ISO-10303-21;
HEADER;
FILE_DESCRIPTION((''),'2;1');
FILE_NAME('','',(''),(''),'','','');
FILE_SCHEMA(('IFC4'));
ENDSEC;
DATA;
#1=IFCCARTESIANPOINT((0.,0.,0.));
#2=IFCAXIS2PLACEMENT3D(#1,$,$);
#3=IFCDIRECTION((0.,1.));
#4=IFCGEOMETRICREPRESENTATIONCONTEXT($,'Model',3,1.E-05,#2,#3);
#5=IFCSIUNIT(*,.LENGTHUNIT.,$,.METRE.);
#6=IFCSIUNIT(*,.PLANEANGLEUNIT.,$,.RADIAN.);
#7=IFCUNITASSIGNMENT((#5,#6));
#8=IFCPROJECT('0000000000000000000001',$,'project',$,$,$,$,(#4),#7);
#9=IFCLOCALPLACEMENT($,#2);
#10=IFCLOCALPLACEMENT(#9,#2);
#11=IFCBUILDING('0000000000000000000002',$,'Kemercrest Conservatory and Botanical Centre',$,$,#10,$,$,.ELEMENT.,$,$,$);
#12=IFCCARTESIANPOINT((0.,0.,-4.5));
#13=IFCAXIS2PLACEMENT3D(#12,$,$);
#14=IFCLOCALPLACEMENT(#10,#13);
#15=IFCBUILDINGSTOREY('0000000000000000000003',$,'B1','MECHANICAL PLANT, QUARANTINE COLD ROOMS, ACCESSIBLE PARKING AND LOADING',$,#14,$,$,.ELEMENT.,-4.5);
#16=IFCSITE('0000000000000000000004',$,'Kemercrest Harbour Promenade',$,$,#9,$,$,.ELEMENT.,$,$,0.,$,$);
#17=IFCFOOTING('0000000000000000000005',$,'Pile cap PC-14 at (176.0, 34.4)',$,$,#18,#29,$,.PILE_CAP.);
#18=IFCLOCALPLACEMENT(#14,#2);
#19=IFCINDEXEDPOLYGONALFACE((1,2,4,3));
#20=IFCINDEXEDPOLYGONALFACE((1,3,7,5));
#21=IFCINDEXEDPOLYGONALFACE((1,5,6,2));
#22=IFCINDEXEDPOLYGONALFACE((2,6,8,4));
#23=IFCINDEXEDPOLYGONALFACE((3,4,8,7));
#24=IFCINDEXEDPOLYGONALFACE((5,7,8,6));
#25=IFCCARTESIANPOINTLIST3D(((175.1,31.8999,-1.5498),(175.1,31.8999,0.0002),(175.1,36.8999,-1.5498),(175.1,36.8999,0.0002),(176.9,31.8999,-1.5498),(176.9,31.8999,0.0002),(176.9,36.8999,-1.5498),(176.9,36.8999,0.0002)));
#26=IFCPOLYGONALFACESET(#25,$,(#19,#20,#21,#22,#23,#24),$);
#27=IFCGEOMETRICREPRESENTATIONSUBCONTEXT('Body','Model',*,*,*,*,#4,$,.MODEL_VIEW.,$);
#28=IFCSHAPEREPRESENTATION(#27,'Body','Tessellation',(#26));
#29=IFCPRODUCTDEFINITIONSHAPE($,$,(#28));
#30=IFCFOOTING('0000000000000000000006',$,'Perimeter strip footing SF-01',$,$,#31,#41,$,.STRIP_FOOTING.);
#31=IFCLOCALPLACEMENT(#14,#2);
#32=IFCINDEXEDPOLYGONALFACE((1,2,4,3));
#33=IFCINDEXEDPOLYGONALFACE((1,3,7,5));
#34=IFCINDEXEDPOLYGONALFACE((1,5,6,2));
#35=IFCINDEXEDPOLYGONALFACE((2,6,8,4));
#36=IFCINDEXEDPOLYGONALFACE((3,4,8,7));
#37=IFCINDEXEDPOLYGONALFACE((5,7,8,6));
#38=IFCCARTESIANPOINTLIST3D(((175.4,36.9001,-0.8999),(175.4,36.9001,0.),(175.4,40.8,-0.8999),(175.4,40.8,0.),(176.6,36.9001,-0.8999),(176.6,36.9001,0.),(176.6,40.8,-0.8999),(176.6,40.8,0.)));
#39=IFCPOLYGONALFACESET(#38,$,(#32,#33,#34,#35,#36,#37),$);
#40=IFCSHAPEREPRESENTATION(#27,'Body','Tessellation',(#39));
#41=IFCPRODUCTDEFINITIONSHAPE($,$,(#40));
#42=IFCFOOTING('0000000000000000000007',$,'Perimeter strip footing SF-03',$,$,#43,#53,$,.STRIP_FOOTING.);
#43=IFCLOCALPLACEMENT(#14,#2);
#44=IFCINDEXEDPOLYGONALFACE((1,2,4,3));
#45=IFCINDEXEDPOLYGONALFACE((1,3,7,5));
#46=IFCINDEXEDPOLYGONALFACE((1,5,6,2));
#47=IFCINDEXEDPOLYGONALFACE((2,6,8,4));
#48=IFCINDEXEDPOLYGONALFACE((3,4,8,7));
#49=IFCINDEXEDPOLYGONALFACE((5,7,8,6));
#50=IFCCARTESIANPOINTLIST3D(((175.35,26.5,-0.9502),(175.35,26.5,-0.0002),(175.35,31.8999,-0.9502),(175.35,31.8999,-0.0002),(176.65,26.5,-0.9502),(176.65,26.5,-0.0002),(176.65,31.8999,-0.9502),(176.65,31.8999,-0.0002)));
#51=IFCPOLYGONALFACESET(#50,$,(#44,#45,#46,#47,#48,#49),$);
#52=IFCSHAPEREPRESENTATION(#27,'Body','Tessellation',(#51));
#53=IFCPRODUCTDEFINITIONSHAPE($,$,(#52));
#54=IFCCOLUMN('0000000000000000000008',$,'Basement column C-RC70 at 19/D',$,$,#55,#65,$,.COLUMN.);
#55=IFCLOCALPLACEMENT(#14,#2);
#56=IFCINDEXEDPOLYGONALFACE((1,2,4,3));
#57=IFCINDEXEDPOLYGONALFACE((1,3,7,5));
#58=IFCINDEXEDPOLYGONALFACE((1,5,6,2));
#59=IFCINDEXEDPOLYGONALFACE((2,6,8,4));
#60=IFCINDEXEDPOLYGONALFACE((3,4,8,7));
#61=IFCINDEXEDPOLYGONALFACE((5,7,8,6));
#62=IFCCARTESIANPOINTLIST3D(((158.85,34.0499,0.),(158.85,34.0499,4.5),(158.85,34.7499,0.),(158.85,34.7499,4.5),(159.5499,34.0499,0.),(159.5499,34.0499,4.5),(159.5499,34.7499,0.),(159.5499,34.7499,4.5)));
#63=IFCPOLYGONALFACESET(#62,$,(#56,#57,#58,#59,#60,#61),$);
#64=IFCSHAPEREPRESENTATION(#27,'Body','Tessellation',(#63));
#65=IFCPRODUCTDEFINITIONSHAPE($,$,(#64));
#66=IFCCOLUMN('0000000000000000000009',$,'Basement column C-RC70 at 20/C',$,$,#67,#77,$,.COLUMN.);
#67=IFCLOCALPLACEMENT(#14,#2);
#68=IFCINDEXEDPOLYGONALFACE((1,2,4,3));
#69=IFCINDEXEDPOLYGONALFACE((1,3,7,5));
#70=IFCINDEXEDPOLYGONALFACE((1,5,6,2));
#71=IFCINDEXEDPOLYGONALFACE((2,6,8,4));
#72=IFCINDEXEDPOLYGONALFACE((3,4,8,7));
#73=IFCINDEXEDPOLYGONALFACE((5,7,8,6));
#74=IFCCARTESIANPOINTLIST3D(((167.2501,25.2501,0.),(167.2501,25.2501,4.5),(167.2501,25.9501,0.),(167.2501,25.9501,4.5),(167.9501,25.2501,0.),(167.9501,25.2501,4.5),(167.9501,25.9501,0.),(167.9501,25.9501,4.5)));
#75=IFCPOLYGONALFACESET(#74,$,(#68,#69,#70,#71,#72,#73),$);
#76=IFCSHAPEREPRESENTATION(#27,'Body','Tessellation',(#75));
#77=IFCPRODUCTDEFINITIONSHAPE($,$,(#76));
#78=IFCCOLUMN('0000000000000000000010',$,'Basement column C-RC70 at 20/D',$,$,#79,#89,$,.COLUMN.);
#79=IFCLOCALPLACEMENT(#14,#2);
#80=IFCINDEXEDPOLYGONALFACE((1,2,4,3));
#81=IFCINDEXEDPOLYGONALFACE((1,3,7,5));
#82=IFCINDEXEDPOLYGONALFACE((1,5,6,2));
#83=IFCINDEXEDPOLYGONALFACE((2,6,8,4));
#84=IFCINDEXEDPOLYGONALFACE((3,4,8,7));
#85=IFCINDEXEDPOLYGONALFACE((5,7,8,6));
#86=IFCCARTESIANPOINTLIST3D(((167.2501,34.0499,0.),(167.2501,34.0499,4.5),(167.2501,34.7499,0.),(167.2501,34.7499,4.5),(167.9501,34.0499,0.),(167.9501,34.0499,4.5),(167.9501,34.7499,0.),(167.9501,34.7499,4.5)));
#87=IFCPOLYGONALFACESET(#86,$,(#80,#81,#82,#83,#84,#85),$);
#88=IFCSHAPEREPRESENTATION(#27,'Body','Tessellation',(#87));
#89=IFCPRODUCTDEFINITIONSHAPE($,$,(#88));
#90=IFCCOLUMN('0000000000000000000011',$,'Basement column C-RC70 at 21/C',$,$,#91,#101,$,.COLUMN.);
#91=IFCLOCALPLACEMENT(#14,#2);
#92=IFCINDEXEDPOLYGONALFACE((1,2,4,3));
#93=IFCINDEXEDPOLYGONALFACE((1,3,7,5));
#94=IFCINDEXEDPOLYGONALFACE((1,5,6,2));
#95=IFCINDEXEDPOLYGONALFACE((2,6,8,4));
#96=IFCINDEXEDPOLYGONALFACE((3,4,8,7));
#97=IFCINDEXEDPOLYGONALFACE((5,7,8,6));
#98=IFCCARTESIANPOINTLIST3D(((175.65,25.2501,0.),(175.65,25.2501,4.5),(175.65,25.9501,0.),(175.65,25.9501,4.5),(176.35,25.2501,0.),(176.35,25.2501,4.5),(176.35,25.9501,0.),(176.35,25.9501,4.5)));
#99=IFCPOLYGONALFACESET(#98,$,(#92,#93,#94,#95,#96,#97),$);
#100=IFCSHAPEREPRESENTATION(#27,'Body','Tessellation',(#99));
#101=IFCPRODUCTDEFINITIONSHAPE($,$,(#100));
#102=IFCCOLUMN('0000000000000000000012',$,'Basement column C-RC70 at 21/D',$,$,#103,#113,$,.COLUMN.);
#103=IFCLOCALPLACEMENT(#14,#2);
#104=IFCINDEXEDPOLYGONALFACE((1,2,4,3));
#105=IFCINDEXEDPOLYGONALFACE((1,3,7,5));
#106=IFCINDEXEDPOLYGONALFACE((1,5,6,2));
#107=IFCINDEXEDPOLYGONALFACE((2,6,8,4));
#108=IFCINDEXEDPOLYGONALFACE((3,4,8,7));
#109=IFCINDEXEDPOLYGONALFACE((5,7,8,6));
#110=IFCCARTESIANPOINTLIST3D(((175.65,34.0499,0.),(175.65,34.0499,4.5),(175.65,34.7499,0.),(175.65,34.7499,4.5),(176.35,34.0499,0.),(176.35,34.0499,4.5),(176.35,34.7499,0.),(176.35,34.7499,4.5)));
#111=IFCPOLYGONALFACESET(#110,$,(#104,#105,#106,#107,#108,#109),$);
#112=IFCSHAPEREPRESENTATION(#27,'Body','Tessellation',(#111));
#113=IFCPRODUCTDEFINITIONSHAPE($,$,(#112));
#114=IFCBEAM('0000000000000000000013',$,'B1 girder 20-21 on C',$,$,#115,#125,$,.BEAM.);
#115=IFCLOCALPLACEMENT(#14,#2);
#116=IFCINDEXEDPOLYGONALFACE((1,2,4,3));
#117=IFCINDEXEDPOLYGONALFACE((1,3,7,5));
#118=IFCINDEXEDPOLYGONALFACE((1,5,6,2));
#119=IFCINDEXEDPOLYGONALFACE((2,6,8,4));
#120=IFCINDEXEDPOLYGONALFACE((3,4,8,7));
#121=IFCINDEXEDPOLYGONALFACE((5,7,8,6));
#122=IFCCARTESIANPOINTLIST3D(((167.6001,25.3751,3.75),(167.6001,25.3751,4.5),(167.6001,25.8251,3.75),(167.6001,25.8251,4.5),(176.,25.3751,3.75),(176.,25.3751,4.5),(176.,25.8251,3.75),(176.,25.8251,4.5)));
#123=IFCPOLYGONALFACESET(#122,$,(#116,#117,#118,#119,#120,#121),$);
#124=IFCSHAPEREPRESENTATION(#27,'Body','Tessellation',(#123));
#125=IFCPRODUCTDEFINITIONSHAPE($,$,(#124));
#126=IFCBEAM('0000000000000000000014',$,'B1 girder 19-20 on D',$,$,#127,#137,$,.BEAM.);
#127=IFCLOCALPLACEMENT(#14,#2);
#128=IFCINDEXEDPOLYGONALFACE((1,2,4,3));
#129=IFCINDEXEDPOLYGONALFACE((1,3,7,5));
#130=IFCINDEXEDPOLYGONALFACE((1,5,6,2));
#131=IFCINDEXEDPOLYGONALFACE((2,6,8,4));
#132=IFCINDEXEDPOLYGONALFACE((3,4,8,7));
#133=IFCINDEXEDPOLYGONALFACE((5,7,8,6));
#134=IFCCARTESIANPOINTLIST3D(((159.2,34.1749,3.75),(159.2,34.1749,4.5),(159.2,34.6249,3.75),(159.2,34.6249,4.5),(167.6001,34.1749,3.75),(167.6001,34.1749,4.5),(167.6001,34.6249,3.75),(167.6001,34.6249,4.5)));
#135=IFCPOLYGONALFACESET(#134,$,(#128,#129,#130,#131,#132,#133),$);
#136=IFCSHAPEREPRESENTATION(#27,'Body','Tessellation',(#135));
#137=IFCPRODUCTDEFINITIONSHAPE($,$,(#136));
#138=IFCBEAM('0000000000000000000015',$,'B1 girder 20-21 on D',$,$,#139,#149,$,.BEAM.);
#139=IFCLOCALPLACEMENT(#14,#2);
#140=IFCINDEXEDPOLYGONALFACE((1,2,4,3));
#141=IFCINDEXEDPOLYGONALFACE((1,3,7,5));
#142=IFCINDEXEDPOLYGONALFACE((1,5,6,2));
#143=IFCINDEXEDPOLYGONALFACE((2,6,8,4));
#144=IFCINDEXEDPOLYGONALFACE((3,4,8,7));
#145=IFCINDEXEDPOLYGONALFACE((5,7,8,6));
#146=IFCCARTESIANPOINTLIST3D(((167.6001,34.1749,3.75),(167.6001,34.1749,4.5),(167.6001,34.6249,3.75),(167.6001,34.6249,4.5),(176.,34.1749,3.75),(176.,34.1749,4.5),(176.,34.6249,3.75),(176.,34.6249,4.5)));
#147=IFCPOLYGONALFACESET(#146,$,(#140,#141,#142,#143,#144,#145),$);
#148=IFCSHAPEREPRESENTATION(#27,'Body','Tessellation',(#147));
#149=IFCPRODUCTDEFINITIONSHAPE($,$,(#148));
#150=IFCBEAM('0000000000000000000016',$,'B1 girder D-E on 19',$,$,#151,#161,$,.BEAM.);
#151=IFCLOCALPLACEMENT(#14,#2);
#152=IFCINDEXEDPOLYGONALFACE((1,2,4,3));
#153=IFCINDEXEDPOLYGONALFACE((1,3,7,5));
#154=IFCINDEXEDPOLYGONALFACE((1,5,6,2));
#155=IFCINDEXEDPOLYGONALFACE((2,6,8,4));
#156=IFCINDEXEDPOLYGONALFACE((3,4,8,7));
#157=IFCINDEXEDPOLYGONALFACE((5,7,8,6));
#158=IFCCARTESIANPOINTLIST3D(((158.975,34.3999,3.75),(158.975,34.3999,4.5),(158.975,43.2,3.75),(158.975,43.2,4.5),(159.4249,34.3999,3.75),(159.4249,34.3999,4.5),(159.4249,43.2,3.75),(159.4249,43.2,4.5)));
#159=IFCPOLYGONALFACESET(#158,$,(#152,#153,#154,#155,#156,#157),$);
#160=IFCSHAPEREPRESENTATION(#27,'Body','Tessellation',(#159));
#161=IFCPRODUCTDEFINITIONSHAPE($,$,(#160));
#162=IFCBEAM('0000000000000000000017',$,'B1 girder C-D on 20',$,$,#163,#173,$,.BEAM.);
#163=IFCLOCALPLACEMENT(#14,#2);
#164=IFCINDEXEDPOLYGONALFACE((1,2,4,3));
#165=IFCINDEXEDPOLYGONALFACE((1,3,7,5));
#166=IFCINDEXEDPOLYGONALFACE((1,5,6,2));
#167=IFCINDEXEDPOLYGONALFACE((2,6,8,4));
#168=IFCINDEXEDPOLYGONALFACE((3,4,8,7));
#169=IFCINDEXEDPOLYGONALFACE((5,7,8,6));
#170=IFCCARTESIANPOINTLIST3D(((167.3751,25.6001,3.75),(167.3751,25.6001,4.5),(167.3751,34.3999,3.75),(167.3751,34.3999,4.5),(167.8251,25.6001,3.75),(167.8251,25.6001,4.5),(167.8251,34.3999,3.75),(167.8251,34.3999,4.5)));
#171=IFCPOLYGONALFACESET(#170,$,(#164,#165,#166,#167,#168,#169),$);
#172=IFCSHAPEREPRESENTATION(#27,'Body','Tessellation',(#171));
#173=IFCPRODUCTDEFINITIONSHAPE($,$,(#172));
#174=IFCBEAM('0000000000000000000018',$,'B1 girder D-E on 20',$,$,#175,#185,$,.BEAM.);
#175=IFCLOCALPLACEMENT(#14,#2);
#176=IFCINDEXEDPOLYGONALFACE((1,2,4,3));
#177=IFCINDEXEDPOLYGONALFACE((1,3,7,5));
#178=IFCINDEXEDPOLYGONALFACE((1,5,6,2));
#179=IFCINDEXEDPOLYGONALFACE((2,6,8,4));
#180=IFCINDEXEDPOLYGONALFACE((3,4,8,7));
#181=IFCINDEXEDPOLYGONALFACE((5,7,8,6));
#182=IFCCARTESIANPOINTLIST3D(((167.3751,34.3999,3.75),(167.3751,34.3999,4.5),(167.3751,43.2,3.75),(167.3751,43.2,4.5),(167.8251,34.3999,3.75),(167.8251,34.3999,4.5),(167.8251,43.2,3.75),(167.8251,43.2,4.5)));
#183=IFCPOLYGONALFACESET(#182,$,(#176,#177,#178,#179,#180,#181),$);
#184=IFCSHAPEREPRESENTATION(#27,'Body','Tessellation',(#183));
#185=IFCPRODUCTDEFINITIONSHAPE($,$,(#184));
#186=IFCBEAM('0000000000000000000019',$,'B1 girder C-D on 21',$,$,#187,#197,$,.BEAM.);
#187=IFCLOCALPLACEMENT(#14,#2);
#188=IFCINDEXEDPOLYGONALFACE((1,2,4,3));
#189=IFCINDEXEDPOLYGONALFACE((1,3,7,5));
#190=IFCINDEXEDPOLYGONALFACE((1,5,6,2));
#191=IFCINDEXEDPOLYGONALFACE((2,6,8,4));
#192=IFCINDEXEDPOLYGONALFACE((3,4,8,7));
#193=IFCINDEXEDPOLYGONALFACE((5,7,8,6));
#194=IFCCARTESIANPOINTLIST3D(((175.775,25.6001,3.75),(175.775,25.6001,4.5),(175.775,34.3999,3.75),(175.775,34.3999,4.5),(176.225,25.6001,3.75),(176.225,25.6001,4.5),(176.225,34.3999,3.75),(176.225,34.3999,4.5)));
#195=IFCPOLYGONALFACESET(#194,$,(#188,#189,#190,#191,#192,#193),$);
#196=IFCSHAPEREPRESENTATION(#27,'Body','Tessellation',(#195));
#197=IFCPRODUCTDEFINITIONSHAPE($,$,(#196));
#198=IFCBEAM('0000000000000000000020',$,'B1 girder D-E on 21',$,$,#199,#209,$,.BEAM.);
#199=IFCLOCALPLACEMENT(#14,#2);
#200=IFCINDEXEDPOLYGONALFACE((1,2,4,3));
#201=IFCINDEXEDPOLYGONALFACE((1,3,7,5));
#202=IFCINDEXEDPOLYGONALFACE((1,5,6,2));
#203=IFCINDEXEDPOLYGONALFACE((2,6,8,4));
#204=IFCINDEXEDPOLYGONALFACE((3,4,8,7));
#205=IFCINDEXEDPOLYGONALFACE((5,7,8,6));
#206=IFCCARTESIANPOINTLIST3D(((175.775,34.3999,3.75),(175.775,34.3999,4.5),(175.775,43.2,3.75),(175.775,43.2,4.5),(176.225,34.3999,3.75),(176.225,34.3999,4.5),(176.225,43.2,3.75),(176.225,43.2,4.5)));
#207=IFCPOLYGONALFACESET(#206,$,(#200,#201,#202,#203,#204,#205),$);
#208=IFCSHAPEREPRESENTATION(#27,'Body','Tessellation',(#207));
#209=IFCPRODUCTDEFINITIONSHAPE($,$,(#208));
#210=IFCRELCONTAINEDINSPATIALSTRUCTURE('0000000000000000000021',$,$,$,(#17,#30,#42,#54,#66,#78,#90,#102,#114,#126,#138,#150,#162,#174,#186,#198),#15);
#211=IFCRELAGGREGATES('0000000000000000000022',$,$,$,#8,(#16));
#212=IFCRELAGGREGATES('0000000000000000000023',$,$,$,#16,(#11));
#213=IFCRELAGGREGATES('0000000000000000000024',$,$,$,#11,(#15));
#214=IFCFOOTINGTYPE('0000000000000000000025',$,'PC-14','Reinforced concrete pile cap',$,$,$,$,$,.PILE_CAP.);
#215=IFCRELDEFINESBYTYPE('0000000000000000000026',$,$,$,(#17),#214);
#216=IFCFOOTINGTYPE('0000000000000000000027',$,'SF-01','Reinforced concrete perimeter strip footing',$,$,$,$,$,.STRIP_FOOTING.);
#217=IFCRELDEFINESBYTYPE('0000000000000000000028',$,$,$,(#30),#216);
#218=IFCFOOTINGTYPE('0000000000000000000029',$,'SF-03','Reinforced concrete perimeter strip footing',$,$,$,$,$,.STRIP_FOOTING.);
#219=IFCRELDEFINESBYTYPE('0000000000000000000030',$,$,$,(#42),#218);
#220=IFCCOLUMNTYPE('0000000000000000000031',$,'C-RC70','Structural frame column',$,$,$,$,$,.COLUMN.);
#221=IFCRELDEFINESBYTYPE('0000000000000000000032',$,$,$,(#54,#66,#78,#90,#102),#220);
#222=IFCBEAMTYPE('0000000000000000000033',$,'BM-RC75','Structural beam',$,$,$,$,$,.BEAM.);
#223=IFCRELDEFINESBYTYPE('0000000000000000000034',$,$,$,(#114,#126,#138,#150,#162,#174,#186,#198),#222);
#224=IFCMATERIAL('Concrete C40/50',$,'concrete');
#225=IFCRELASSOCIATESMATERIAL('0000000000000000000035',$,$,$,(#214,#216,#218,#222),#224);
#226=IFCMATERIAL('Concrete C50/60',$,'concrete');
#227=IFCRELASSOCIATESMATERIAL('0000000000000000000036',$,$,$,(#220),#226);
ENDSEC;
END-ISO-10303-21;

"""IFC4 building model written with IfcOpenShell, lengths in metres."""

from ifc_helpers import new_model, si_unit, direction, frame, origin, origin_2d, place, context, subcontext, project, spatial, rectangle, extrude, material, material_profile, profile_set, type_object, element, save


model = new_model("IFC4")

# Units and contexts
model_context = context("Model", 3, precision=1e-05, world=origin(), true_north=direction((0.0, 1.0)))
body_context = subcontext(model_context, "Body", "Model", "MODEL_VIEW")
ifc_project = project(units=[si_unit("LENGTHUNIT", "METRE"), si_unit("PLANEANGLEUNIT", "RADIAN")], contexts=[model_context])

# Site, building, storey
site_placement = place(None, origin())
site = spatial("IfcSite", under=ifc_project, at=site_placement, Name="Kemercrest Harbour Promenade", CompositionType="ELEMENT", RefElevation=0.0)
building_placement = place(site_placement, origin())
building = spatial("IfcBuilding", under=site, at=building_placement, Name="Kemercrest Conservatory and Botanical Centre", CompositionType="ELEMENT")
storey_placement = place(building_placement, frame((0.0, 0.0, -4.5)))
storey = spatial("IfcBuildingStorey", under=building, at=storey_placement, Name="B1", Description="MECHANICAL PLANT, QUARANTINE COLD ROOMS, ACCESSIBLE PARKING AND LOADING", CompositionType="ELEMENT", Elevation=-4.5)

# Shared definitions
ifc_material_1 = material(Name="Concrete C40/50", Category="concrete")

# Footings
footing_type_1 = type_object("IfcFootingType", Name="PC-14", Description="Reinforced concrete pile cap", PredefinedType="PILE_CAP", material=ifc_material_1)
footing_1_placement = place(storey_placement, frame((176.0, 34.3999, -1.5498), z_axis=(0.0, 0.0, 1.0), x_axis=(1.0, 0.0, 0.0)))
element("IfcFooting", 1, at=footing_1_placement, inside=storey, type_object=footing_type_1, Name="Pile cap PC-14 at (176.0, 34.4)", PredefinedType="PILE_CAP", context=body_context, shape_type="SweptSolid", body=[
    extrude(rectangle(XDim=1.8, YDim=5.0, at=origin_2d()), origin(), (0.0, 0.0, 1.0), 1.55),
])
footing_type_2 = type_object("IfcFootingType", Name="SF-01", Description="Reinforced concrete perimeter strip footing", PredefinedType="STRIP_FOOTING", material=ifc_material_1)
footing_2_placement = place(storey_placement, frame((176.0, 38.8501, -0.8999), z_axis=(0.0, 0.0, 1.0), x_axis=(1.0, 0.0, 0.0)))
element("IfcFooting", 2, at=footing_2_placement, inside=storey, type_object=footing_type_2, Name="Perimeter strip footing SF-01", PredefinedType="STRIP_FOOTING", context=body_context, shape_type="SweptSolid", body=[
    extrude(rectangle(XDim=1.2, YDim=3.8999, at=origin_2d()), origin(), (0.0, 0.0, 1.0), 0.8999),
])
footing_type_3 = type_object("IfcFootingType", Name="SF-03", Description="Reinforced concrete perimeter strip footing", PredefinedType="STRIP_FOOTING", material=ifc_material_1)
footing_3_placement = place(storey_placement, frame((176.0, 29.2, -0.9502), z_axis=(0.0, 0.0, 1.0), x_axis=(1.0, 0.0, 0.0)))
element("IfcFooting", 3, at=footing_3_placement, inside=storey, type_object=footing_type_3, Name="Perimeter strip footing SF-03", PredefinedType="STRIP_FOOTING", context=body_context, shape_type="SweptSolid", body=[
    extrude(rectangle(XDim=1.3, YDim=5.3999, at=origin_2d()), origin(), (0.0, 0.0, 1.0), 0.95),
])

# Columns
ifc_material_2 = material(Name="Concrete C50/60", Category="concrete")
ifc_material_profile_1 = material_profile(ifc_material_2, rectangle(XDim=0.7, YDim=0.7, at=origin_2d()), Name="RC 700x700")
ifc_profile_set_1 = profile_set([ifc_material_profile_1], Name="Concrete C50/60")
column_type = type_object("IfcColumnType", Name="C-RC70", Description="Structural frame column", PredefinedType="COLUMN", material=ifc_profile_set_1)
for number, where, z_axis, x_axis, name in (
    (4, (159.2, 34.3999, 0.0), (0.0, 0.0, 1.0), (1.0, 0.0, 0.0), "Basement column C-RC70 at 19/D"),
    (5, (167.6001, 25.6001, 0.0), (0.0, 0.0, 1.0), (1.0, 0.0, 0.0), "Basement column C-RC70 at 20/C"),
    (6, (167.6001, 34.3999, 0.0), (0.0, 0.0, 1.0), (1.0, 0.0, 0.0), "Basement column C-RC70 at 20/D"),
    (7, (176.0, 25.6001, 0.0), (0.0, 0.0, 1.0), (1.0, 0.0, 0.0), "Basement column C-RC70 at 21/C"),
    (8, (176.0, 34.3999, 0.0), (0.0, 0.0, 1.0), (1.0, 0.0, 0.0), "Basement column C-RC70 at 21/D"),
):
    element("IfcColumn", number, at=place(storey_placement, frame(where, z_axis=z_axis, x_axis=x_axis)), inside=storey, type_object=column_type, Name=name, PredefinedType="COLUMN", context=body_context, shape_type="SweptSolid", body=[
        extrude(rectangle(XDim=0.7, YDim=0.7, at=origin_2d()), origin(), (0.0, 0.0, 1.0), 4.5),
    ])

# Beams
ifc_material_profile_2 = material_profile(ifc_material_1, rectangle(XDim=0.45, YDim=0.75, at=origin_2d()), Name="RC 450x750")
ifc_profile_set_2 = profile_set([ifc_material_profile_2], Name="Concrete C40/50")
beam_type = type_object("IfcBeamType", Name="BM-RC75", Description="Structural beam", PredefinedType="BEAM", material=ifc_profile_set_2)
beam_1_placement = place(storey_placement, frame((167.6001, 25.6001, 4.125), z_axis=(1.0, 0.0, 0.0), x_axis=(0.0, 1.0, 0.0)))
element("IfcBeam", 9, at=beam_1_placement, inside=storey, type_object=beam_type, Name="B1 girder 20-21 on C", PredefinedType="BEAM", context=body_context, shape_type="SweptSolid", body=[
    extrude(rectangle(XDim=0.45, YDim=0.75, at=origin_2d()), origin(), (0.0, 0.0, 1.0), 8.3999),
])
beam_2_placement = place(storey_placement, frame((159.2, 34.3999, 4.125), z_axis=(1.0, 0.0, 0.0), x_axis=(0.0, 1.0, 0.0)))
element("IfcBeam", 10, at=beam_2_placement, inside=storey, type_object=beam_type, Name="B1 girder 19-20 on D", PredefinedType="BEAM", context=body_context, shape_type="SweptSolid", body=[
    extrude(rectangle(XDim=0.45, YDim=0.75, at=origin_2d()), origin(), (0.0, 0.0, 1.0), 8.4001),
])
beam_3_placement = place(storey_placement, frame((167.6001, 34.3999, 4.125), z_axis=(1.0, 0.0, 0.0), x_axis=(0.0, 1.0, 0.0)))
element("IfcBeam", 11, at=beam_3_placement, inside=storey, type_object=beam_type, Name="B1 girder 20-21 on D", PredefinedType="BEAM", context=body_context, shape_type="SweptSolid", body=[
    extrude(rectangle(XDim=0.45, YDim=0.75, at=origin_2d()), origin(), (0.0, 0.0, 1.0), 8.3999),
])
beam_4_placement = place(storey_placement, frame((159.2, 34.3999, 4.125), z_axis=(0.0, 1.0, 0.0), x_axis=(-1.0, 0.0, 0.0)))
element("IfcBeam", 12, at=beam_4_placement, inside=storey, type_object=beam_type, Name="B1 girder D-E on 19", PredefinedType="BEAM", context=body_context, shape_type="SweptSolid", body=[
    extrude(rectangle(XDim=0.45, YDim=0.75, at=origin_2d()), origin(), (0.0, 0.0, 1.0), 8.8),
])
beam_5_placement = place(storey_placement, frame((167.6001, 25.6001, 4.125), z_axis=(0.0, 1.0, 0.0), x_axis=(-1.0, 0.0, 0.0)))
element("IfcBeam", 13, at=beam_5_placement, inside=storey, type_object=beam_type, Name="B1 girder C-D on 20", PredefinedType="BEAM", context=body_context, shape_type="SweptSolid", body=[
    extrude(rectangle(XDim=0.45, YDim=0.75, at=origin_2d()), origin(), (0.0, 0.0, 1.0), 8.7998),
])
beam_6_placement = place(storey_placement, frame((167.6001, 34.3999, 4.125), z_axis=(0.0, 1.0, 0.0), x_axis=(-1.0, 0.0, 0.0)))
element("IfcBeam", 14, at=beam_6_placement, inside=storey, type_object=beam_type, Name="B1 girder D-E on 20", PredefinedType="BEAM", context=body_context, shape_type="SweptSolid", body=[
    extrude(rectangle(XDim=0.45, YDim=0.75, at=origin_2d()), origin(), (0.0, 0.0, 1.0), 8.8),
])
beam_7_placement = place(storey_placement, frame((176.0, 25.6001, 4.125), z_axis=(0.0, 1.0, 0.0), x_axis=(-1.0, 0.0, 0.0)))
element("IfcBeam", 15, at=beam_7_placement, inside=storey, type_object=beam_type, Name="B1 girder C-D on 21", PredefinedType="BEAM", context=body_context, shape_type="SweptSolid", body=[
    extrude(rectangle(XDim=0.45, YDim=0.75, at=origin_2d()), origin(), (0.0, 0.0, 1.0), 8.7998),
])
beam_8_placement = place(storey_placement, frame((176.0, 34.3999, 4.125), z_axis=(0.0, 1.0, 0.0), x_axis=(-1.0, 0.0, 0.0)))
element("IfcBeam", 16, at=beam_8_placement, inside=storey, type_object=beam_type, Name="B1 girder D-E on 21", PredefinedType="BEAM", context=body_context, shape_type="SweptSolid", body=[
    extrude(rectangle(XDim=0.45, YDim=0.75, at=origin_2d()), origin(), (0.0, 0.0, 1.0), 8.8),
])

save(model, "model.ifc")
